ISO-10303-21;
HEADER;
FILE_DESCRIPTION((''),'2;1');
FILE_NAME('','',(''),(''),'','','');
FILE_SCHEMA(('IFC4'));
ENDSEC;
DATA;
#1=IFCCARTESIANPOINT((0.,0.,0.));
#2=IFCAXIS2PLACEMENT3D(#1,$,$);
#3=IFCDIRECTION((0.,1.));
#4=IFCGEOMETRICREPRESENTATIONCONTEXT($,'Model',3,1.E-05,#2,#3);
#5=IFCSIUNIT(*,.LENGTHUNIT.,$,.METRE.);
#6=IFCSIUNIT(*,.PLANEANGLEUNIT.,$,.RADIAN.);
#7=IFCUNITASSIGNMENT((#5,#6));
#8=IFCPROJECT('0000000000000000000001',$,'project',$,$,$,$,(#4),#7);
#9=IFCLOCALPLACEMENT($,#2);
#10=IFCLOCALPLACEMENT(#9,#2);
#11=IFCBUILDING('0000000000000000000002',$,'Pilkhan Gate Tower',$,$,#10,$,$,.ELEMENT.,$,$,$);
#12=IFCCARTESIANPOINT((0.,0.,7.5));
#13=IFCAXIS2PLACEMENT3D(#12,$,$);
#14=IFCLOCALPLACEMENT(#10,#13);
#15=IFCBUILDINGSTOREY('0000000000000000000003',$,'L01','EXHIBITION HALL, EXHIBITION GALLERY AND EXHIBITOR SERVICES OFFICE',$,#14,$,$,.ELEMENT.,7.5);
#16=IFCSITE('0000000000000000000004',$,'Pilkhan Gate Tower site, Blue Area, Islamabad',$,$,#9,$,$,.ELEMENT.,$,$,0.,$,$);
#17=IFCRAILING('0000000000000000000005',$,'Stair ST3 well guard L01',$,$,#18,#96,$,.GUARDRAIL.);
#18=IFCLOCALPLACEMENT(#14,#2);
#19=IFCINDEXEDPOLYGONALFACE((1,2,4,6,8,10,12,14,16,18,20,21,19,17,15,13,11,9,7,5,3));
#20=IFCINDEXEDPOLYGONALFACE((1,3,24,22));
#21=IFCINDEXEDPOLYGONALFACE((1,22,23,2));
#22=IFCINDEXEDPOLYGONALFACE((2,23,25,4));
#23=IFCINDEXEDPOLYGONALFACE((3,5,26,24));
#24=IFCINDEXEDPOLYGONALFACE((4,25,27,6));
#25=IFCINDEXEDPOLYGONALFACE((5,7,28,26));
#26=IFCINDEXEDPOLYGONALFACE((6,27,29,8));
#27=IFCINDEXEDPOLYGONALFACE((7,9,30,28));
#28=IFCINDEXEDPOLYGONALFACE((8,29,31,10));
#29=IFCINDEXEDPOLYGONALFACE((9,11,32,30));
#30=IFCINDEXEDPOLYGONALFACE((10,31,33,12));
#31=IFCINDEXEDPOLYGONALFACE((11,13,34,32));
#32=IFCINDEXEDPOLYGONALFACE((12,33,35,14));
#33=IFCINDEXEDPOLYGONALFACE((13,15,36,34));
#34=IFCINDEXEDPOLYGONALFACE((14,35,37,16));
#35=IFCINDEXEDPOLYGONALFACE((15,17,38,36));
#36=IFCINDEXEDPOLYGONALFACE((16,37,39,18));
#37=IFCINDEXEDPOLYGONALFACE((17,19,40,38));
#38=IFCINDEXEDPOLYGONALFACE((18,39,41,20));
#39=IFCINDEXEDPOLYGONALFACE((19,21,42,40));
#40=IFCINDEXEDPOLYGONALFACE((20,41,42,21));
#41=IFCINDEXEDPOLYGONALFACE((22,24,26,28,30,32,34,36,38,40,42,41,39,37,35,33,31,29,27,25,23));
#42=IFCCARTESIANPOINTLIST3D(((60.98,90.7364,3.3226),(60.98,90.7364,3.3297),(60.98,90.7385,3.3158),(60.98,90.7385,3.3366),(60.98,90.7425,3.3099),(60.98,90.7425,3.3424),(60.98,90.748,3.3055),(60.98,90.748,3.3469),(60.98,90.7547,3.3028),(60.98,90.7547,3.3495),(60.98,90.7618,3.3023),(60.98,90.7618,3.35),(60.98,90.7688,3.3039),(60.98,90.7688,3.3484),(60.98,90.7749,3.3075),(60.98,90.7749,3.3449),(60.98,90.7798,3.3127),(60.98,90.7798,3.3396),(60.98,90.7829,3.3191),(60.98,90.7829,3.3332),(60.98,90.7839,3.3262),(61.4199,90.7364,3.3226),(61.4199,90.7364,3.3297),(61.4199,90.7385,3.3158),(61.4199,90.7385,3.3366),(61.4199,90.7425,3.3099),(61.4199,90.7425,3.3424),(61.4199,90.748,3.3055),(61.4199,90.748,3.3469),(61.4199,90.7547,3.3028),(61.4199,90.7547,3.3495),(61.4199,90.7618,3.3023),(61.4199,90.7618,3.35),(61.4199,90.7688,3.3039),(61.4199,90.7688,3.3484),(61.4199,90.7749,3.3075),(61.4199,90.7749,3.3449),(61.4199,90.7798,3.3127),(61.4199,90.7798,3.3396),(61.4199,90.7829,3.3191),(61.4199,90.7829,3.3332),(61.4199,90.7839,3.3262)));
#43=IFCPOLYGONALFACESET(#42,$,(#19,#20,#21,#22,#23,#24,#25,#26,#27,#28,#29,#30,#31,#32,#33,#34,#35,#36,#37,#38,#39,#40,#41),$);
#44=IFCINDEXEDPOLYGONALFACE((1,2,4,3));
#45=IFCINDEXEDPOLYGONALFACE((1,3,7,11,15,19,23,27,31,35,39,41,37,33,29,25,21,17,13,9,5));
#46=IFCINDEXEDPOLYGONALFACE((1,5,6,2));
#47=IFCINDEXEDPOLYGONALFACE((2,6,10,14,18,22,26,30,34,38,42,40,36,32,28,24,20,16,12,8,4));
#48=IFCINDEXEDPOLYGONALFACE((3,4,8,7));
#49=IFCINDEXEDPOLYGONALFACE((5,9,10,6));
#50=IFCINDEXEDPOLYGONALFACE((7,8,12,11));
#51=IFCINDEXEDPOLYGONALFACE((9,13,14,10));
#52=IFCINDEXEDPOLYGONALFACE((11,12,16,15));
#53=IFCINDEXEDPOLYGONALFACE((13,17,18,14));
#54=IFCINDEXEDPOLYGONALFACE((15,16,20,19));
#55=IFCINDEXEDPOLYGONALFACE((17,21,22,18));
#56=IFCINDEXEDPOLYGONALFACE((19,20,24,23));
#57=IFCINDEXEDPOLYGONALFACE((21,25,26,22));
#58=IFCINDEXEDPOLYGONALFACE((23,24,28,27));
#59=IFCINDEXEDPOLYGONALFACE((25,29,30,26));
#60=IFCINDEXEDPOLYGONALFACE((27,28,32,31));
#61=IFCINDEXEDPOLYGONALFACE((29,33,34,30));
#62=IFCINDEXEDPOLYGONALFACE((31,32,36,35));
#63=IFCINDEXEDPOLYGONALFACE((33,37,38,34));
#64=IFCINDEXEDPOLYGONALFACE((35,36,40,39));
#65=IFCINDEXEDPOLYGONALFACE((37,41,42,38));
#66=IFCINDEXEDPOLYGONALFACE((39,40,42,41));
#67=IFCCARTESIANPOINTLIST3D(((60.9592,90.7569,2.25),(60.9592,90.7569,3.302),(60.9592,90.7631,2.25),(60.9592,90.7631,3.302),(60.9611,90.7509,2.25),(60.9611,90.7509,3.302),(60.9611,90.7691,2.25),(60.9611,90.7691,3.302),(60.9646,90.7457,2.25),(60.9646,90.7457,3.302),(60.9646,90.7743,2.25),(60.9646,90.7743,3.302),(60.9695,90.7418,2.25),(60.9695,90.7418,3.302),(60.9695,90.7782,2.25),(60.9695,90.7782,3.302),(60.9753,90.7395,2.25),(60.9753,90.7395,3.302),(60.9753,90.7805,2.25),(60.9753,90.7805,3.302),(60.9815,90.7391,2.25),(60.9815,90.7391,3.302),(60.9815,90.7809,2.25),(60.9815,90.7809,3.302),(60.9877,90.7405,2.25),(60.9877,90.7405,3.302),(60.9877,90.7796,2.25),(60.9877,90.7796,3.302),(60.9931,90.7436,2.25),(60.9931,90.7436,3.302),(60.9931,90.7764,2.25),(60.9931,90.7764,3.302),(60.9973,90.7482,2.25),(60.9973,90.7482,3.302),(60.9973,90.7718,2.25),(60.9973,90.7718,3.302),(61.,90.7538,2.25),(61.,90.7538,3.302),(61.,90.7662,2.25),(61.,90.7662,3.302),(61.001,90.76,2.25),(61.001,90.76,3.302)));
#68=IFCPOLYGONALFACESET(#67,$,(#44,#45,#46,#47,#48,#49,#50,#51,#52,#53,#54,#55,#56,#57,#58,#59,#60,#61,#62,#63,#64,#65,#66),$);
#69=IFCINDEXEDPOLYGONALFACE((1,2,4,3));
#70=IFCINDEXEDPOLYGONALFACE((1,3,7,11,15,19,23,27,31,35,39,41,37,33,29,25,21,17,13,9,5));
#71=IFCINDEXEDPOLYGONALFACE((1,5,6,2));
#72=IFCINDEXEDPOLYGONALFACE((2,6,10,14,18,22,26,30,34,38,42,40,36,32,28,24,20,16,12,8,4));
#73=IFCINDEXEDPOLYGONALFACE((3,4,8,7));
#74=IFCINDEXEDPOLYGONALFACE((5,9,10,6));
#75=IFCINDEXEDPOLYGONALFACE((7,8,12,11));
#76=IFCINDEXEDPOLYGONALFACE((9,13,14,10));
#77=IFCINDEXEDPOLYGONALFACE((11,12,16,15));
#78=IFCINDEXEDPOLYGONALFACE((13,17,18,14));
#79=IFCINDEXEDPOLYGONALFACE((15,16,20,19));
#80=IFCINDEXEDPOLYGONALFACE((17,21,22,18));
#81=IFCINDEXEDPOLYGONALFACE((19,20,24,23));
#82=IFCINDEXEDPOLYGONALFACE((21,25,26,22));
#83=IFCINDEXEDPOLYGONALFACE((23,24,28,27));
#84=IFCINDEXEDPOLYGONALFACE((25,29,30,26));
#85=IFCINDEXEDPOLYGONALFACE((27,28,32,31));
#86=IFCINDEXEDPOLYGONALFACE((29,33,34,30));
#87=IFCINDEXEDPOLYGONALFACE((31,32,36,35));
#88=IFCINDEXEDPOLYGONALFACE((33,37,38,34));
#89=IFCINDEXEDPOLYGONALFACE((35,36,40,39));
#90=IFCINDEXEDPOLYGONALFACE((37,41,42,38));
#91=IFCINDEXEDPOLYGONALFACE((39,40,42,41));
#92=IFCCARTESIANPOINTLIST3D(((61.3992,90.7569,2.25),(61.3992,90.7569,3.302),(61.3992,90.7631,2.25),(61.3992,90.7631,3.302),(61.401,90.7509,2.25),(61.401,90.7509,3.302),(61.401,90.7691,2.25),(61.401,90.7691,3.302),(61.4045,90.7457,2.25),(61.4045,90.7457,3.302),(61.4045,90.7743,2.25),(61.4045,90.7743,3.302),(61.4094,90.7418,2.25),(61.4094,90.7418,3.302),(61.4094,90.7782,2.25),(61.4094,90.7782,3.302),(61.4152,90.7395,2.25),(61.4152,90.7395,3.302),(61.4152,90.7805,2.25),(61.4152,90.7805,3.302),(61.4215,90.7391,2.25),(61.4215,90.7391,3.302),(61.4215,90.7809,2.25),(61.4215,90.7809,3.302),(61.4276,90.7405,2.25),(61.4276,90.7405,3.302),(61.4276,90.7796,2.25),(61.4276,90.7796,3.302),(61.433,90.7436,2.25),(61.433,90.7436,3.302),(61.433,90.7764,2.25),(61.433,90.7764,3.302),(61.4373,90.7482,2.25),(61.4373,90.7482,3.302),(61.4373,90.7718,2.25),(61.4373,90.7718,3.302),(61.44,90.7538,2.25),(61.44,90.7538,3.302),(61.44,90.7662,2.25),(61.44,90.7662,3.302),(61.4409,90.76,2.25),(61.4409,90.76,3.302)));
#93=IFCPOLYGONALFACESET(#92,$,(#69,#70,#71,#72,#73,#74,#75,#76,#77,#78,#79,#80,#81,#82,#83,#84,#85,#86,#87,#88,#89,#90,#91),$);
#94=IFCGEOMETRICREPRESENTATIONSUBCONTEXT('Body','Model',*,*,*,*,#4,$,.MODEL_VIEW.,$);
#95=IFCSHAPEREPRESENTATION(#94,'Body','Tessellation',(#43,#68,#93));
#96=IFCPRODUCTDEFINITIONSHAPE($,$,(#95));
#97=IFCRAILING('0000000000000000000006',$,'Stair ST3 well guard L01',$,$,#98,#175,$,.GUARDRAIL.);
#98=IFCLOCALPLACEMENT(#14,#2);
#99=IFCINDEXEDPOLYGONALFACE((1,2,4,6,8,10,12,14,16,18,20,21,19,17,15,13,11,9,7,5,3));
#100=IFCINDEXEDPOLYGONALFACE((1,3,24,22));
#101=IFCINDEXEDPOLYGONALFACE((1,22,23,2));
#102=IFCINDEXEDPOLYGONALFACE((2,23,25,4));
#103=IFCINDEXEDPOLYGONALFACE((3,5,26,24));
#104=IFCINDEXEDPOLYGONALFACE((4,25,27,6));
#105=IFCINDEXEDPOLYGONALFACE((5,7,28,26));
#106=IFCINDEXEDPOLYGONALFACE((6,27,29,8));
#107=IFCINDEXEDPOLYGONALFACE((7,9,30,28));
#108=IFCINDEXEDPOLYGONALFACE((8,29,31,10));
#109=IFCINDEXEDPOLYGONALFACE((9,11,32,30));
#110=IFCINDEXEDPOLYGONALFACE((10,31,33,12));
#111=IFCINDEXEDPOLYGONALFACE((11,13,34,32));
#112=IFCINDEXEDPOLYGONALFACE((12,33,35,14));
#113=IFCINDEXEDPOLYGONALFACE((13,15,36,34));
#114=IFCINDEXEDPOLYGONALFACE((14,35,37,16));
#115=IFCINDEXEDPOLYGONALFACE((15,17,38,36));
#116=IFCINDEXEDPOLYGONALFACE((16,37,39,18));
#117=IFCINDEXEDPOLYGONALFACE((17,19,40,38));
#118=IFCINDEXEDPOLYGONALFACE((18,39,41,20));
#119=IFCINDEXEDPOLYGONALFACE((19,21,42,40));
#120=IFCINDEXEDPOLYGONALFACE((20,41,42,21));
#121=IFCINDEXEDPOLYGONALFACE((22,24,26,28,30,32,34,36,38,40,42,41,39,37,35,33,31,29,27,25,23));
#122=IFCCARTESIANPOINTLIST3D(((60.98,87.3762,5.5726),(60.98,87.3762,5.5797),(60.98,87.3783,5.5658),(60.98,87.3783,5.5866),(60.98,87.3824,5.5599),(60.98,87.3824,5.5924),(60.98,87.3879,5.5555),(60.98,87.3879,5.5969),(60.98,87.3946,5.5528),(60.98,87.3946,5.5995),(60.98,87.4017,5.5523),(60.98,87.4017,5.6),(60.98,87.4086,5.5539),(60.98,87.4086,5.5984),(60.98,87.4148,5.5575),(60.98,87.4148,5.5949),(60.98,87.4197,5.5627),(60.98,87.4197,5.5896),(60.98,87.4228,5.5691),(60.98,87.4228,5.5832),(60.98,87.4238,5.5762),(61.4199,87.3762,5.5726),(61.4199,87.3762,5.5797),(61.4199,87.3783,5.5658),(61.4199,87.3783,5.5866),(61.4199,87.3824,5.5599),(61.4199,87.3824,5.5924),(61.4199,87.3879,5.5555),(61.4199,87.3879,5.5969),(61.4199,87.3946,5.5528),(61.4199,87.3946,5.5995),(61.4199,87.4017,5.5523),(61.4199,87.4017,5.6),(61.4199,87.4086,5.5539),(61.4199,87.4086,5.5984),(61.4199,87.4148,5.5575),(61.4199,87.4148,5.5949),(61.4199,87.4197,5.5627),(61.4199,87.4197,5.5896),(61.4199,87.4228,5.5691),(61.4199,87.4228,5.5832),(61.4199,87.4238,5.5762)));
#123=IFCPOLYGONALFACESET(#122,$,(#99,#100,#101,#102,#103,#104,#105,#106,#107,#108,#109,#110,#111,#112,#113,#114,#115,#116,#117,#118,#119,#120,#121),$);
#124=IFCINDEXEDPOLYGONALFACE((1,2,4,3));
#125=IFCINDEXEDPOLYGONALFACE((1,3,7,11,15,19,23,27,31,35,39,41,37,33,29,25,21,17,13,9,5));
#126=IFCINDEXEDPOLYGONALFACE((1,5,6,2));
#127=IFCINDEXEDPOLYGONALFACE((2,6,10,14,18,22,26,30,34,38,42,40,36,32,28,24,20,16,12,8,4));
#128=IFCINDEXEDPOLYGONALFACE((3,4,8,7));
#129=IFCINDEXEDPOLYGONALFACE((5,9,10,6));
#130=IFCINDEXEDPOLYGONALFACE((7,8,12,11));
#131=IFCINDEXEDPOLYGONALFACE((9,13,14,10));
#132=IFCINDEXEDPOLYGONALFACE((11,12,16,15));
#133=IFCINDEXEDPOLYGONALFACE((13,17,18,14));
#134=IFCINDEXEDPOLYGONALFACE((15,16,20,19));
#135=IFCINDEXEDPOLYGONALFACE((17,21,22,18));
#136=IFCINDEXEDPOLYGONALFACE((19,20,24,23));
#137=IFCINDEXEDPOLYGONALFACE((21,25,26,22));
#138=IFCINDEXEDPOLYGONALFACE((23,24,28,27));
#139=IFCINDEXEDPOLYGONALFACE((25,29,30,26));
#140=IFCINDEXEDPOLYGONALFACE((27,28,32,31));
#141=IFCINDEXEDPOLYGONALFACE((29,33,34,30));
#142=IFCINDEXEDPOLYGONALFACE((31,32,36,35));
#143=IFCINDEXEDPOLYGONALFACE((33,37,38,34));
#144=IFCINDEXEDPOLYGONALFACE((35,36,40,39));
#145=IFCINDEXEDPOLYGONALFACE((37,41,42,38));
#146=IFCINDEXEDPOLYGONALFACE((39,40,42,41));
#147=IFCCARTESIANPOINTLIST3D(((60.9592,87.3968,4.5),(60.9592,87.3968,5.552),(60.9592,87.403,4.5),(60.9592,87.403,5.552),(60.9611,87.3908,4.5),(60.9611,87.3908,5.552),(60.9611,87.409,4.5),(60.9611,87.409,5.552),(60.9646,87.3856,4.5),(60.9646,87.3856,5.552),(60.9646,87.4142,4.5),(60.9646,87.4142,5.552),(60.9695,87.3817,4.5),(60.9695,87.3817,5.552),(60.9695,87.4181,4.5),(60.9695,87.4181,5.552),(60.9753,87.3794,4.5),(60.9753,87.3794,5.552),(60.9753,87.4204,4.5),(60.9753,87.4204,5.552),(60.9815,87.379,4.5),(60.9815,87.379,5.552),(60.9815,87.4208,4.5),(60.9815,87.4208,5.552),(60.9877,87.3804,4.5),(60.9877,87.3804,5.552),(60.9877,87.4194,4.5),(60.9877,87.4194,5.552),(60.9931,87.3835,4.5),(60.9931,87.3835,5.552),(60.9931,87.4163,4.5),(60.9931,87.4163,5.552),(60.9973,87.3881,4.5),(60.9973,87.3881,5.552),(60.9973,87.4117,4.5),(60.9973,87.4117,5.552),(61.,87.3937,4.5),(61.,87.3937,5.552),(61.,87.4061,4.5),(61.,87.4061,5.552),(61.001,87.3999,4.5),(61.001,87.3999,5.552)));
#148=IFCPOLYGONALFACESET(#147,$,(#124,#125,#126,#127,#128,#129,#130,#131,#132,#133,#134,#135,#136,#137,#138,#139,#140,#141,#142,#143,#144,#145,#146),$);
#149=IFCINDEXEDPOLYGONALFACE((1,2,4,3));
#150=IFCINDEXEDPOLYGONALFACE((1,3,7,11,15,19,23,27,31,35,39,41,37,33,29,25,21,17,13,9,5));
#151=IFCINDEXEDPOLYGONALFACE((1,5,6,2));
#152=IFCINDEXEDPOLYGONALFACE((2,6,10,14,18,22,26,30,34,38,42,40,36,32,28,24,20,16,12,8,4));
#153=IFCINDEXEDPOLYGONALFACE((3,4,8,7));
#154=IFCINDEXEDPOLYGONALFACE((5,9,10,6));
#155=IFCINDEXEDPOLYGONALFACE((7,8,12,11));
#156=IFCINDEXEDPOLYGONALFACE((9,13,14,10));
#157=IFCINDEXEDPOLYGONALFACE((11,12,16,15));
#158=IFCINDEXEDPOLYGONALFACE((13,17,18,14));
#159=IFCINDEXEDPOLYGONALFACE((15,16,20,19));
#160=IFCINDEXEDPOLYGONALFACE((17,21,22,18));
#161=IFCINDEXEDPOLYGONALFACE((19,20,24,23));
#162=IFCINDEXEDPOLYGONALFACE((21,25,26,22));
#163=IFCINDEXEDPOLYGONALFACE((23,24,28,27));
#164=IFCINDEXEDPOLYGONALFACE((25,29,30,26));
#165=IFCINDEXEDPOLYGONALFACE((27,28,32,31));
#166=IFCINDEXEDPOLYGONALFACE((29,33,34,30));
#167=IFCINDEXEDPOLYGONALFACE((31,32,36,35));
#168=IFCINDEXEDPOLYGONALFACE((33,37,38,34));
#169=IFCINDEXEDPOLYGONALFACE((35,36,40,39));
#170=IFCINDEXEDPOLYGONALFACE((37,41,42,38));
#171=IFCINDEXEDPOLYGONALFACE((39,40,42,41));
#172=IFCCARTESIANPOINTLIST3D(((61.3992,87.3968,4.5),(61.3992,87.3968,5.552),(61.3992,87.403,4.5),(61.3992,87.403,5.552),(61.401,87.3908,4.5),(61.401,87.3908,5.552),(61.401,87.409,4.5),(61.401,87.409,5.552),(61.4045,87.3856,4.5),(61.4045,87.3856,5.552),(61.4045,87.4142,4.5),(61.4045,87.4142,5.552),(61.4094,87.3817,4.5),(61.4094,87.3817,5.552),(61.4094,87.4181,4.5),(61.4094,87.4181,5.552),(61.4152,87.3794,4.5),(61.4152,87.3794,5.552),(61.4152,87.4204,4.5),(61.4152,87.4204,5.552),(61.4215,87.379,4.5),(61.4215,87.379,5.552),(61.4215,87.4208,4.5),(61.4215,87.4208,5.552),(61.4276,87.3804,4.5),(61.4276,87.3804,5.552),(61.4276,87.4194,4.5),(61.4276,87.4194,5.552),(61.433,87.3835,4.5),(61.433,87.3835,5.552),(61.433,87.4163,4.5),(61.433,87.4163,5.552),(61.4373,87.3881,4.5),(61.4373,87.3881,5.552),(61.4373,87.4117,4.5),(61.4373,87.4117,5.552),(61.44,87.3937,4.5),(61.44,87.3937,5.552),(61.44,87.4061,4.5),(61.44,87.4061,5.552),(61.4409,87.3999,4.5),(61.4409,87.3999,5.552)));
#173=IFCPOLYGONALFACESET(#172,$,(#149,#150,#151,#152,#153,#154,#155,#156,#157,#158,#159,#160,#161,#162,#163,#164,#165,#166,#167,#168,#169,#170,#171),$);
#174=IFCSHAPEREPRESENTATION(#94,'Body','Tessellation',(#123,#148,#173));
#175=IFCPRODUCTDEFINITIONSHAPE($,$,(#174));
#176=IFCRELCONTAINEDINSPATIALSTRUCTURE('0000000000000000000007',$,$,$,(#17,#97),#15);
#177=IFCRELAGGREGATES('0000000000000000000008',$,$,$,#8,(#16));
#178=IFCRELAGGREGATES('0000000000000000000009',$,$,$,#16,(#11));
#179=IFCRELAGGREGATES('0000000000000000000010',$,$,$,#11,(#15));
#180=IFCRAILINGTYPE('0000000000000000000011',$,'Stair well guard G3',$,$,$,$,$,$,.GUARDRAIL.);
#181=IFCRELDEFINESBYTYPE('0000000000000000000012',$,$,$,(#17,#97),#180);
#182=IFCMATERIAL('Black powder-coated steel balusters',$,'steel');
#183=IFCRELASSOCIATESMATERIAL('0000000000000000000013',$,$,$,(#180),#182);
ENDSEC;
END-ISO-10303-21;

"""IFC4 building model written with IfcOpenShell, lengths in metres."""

from ifc_helpers import new_model, si_unit, direction, frame, origin, origin_2d, place, context, subcontext, project, spatial, circle, extrude, material, type_object, element, save


model = new_model("IFC4")

# Units and contexts
model_context = context("Model", 3, precision=1e-05, world=origin(), true_north=direction((0.0, 1.0)))
body_context = subcontext(model_context, "Body", "Model", "MODEL_VIEW")
ifc_project = project(units=[si_unit("LENGTHUNIT", "METRE"), si_unit("PLANEANGLEUNIT", "RADIAN")], contexts=[model_context])

# Site, building, storey
site_placement = place(None, origin())
site = spatial("IfcSite", under=ifc_project, at=site_placement, Name="Pilkhan Gate Tower site, Blue Area, Islamabad", CompositionType="ELEMENT", RefElevation=0.0)
building_placement = place(site_placement, origin())
building = spatial("IfcBuilding", under=site, at=building_placement, Name="Pilkhan Gate Tower", CompositionType="ELEMENT")
storey_placement = place(building_placement, frame((0.0, 0.0, 7.5)))
storey = spatial("IfcBuildingStorey", under=building, at=storey_placement, Name="L01", Description="EXHIBITION HALL, EXHIBITION GALLERY AND EXHIBITOR SERVICES OFFICE", CompositionType="ELEMENT", Elevation=7.5)

# Railings
ifc_material_1 = material(Name="Black powder-coated steel balusters", Category="steel")
railing_type_1 = type_object("IfcRailingType", Name="Stair well guard G3", PredefinedType="GUARDRAIL", material=ifc_material_1)
for number, where, name in (
    (1, (60.98, 90.76, 2.25), "Stair ST3 well guard L01"),
    (2, (60.98, 87.3999, 4.5), "Stair ST3 well guard L01"),
):
    element("IfcRailing", number, at=place(storey_placement, frame(where)), inside=storey, type_object=railing_type_1, Name=name, PredefinedType="GUARDRAIL", context=body_context, shape_type="SweptSolid", body=[
        extrude(circle(Radius=0.0239, at=origin_2d()), frame((0.0, 0.0, 1.0762), z_axis=(1.0, 0.0, 0.0), x_axis=(0.0, 1.0, 0.0)), (0.0, 0.0, 1.0), 0.4399),
        extrude(circle(Radius=0.021, at=origin_2d()), origin(), (0.0, 0.0, 1.0), 1.052),
        extrude(circle(Radius=0.021, at=origin_2d()), frame((0.4399, 0.0, 0.0)), (0.0, 0.0, 1.0), 1.052),
    ])

save(model, "model.ifc")
